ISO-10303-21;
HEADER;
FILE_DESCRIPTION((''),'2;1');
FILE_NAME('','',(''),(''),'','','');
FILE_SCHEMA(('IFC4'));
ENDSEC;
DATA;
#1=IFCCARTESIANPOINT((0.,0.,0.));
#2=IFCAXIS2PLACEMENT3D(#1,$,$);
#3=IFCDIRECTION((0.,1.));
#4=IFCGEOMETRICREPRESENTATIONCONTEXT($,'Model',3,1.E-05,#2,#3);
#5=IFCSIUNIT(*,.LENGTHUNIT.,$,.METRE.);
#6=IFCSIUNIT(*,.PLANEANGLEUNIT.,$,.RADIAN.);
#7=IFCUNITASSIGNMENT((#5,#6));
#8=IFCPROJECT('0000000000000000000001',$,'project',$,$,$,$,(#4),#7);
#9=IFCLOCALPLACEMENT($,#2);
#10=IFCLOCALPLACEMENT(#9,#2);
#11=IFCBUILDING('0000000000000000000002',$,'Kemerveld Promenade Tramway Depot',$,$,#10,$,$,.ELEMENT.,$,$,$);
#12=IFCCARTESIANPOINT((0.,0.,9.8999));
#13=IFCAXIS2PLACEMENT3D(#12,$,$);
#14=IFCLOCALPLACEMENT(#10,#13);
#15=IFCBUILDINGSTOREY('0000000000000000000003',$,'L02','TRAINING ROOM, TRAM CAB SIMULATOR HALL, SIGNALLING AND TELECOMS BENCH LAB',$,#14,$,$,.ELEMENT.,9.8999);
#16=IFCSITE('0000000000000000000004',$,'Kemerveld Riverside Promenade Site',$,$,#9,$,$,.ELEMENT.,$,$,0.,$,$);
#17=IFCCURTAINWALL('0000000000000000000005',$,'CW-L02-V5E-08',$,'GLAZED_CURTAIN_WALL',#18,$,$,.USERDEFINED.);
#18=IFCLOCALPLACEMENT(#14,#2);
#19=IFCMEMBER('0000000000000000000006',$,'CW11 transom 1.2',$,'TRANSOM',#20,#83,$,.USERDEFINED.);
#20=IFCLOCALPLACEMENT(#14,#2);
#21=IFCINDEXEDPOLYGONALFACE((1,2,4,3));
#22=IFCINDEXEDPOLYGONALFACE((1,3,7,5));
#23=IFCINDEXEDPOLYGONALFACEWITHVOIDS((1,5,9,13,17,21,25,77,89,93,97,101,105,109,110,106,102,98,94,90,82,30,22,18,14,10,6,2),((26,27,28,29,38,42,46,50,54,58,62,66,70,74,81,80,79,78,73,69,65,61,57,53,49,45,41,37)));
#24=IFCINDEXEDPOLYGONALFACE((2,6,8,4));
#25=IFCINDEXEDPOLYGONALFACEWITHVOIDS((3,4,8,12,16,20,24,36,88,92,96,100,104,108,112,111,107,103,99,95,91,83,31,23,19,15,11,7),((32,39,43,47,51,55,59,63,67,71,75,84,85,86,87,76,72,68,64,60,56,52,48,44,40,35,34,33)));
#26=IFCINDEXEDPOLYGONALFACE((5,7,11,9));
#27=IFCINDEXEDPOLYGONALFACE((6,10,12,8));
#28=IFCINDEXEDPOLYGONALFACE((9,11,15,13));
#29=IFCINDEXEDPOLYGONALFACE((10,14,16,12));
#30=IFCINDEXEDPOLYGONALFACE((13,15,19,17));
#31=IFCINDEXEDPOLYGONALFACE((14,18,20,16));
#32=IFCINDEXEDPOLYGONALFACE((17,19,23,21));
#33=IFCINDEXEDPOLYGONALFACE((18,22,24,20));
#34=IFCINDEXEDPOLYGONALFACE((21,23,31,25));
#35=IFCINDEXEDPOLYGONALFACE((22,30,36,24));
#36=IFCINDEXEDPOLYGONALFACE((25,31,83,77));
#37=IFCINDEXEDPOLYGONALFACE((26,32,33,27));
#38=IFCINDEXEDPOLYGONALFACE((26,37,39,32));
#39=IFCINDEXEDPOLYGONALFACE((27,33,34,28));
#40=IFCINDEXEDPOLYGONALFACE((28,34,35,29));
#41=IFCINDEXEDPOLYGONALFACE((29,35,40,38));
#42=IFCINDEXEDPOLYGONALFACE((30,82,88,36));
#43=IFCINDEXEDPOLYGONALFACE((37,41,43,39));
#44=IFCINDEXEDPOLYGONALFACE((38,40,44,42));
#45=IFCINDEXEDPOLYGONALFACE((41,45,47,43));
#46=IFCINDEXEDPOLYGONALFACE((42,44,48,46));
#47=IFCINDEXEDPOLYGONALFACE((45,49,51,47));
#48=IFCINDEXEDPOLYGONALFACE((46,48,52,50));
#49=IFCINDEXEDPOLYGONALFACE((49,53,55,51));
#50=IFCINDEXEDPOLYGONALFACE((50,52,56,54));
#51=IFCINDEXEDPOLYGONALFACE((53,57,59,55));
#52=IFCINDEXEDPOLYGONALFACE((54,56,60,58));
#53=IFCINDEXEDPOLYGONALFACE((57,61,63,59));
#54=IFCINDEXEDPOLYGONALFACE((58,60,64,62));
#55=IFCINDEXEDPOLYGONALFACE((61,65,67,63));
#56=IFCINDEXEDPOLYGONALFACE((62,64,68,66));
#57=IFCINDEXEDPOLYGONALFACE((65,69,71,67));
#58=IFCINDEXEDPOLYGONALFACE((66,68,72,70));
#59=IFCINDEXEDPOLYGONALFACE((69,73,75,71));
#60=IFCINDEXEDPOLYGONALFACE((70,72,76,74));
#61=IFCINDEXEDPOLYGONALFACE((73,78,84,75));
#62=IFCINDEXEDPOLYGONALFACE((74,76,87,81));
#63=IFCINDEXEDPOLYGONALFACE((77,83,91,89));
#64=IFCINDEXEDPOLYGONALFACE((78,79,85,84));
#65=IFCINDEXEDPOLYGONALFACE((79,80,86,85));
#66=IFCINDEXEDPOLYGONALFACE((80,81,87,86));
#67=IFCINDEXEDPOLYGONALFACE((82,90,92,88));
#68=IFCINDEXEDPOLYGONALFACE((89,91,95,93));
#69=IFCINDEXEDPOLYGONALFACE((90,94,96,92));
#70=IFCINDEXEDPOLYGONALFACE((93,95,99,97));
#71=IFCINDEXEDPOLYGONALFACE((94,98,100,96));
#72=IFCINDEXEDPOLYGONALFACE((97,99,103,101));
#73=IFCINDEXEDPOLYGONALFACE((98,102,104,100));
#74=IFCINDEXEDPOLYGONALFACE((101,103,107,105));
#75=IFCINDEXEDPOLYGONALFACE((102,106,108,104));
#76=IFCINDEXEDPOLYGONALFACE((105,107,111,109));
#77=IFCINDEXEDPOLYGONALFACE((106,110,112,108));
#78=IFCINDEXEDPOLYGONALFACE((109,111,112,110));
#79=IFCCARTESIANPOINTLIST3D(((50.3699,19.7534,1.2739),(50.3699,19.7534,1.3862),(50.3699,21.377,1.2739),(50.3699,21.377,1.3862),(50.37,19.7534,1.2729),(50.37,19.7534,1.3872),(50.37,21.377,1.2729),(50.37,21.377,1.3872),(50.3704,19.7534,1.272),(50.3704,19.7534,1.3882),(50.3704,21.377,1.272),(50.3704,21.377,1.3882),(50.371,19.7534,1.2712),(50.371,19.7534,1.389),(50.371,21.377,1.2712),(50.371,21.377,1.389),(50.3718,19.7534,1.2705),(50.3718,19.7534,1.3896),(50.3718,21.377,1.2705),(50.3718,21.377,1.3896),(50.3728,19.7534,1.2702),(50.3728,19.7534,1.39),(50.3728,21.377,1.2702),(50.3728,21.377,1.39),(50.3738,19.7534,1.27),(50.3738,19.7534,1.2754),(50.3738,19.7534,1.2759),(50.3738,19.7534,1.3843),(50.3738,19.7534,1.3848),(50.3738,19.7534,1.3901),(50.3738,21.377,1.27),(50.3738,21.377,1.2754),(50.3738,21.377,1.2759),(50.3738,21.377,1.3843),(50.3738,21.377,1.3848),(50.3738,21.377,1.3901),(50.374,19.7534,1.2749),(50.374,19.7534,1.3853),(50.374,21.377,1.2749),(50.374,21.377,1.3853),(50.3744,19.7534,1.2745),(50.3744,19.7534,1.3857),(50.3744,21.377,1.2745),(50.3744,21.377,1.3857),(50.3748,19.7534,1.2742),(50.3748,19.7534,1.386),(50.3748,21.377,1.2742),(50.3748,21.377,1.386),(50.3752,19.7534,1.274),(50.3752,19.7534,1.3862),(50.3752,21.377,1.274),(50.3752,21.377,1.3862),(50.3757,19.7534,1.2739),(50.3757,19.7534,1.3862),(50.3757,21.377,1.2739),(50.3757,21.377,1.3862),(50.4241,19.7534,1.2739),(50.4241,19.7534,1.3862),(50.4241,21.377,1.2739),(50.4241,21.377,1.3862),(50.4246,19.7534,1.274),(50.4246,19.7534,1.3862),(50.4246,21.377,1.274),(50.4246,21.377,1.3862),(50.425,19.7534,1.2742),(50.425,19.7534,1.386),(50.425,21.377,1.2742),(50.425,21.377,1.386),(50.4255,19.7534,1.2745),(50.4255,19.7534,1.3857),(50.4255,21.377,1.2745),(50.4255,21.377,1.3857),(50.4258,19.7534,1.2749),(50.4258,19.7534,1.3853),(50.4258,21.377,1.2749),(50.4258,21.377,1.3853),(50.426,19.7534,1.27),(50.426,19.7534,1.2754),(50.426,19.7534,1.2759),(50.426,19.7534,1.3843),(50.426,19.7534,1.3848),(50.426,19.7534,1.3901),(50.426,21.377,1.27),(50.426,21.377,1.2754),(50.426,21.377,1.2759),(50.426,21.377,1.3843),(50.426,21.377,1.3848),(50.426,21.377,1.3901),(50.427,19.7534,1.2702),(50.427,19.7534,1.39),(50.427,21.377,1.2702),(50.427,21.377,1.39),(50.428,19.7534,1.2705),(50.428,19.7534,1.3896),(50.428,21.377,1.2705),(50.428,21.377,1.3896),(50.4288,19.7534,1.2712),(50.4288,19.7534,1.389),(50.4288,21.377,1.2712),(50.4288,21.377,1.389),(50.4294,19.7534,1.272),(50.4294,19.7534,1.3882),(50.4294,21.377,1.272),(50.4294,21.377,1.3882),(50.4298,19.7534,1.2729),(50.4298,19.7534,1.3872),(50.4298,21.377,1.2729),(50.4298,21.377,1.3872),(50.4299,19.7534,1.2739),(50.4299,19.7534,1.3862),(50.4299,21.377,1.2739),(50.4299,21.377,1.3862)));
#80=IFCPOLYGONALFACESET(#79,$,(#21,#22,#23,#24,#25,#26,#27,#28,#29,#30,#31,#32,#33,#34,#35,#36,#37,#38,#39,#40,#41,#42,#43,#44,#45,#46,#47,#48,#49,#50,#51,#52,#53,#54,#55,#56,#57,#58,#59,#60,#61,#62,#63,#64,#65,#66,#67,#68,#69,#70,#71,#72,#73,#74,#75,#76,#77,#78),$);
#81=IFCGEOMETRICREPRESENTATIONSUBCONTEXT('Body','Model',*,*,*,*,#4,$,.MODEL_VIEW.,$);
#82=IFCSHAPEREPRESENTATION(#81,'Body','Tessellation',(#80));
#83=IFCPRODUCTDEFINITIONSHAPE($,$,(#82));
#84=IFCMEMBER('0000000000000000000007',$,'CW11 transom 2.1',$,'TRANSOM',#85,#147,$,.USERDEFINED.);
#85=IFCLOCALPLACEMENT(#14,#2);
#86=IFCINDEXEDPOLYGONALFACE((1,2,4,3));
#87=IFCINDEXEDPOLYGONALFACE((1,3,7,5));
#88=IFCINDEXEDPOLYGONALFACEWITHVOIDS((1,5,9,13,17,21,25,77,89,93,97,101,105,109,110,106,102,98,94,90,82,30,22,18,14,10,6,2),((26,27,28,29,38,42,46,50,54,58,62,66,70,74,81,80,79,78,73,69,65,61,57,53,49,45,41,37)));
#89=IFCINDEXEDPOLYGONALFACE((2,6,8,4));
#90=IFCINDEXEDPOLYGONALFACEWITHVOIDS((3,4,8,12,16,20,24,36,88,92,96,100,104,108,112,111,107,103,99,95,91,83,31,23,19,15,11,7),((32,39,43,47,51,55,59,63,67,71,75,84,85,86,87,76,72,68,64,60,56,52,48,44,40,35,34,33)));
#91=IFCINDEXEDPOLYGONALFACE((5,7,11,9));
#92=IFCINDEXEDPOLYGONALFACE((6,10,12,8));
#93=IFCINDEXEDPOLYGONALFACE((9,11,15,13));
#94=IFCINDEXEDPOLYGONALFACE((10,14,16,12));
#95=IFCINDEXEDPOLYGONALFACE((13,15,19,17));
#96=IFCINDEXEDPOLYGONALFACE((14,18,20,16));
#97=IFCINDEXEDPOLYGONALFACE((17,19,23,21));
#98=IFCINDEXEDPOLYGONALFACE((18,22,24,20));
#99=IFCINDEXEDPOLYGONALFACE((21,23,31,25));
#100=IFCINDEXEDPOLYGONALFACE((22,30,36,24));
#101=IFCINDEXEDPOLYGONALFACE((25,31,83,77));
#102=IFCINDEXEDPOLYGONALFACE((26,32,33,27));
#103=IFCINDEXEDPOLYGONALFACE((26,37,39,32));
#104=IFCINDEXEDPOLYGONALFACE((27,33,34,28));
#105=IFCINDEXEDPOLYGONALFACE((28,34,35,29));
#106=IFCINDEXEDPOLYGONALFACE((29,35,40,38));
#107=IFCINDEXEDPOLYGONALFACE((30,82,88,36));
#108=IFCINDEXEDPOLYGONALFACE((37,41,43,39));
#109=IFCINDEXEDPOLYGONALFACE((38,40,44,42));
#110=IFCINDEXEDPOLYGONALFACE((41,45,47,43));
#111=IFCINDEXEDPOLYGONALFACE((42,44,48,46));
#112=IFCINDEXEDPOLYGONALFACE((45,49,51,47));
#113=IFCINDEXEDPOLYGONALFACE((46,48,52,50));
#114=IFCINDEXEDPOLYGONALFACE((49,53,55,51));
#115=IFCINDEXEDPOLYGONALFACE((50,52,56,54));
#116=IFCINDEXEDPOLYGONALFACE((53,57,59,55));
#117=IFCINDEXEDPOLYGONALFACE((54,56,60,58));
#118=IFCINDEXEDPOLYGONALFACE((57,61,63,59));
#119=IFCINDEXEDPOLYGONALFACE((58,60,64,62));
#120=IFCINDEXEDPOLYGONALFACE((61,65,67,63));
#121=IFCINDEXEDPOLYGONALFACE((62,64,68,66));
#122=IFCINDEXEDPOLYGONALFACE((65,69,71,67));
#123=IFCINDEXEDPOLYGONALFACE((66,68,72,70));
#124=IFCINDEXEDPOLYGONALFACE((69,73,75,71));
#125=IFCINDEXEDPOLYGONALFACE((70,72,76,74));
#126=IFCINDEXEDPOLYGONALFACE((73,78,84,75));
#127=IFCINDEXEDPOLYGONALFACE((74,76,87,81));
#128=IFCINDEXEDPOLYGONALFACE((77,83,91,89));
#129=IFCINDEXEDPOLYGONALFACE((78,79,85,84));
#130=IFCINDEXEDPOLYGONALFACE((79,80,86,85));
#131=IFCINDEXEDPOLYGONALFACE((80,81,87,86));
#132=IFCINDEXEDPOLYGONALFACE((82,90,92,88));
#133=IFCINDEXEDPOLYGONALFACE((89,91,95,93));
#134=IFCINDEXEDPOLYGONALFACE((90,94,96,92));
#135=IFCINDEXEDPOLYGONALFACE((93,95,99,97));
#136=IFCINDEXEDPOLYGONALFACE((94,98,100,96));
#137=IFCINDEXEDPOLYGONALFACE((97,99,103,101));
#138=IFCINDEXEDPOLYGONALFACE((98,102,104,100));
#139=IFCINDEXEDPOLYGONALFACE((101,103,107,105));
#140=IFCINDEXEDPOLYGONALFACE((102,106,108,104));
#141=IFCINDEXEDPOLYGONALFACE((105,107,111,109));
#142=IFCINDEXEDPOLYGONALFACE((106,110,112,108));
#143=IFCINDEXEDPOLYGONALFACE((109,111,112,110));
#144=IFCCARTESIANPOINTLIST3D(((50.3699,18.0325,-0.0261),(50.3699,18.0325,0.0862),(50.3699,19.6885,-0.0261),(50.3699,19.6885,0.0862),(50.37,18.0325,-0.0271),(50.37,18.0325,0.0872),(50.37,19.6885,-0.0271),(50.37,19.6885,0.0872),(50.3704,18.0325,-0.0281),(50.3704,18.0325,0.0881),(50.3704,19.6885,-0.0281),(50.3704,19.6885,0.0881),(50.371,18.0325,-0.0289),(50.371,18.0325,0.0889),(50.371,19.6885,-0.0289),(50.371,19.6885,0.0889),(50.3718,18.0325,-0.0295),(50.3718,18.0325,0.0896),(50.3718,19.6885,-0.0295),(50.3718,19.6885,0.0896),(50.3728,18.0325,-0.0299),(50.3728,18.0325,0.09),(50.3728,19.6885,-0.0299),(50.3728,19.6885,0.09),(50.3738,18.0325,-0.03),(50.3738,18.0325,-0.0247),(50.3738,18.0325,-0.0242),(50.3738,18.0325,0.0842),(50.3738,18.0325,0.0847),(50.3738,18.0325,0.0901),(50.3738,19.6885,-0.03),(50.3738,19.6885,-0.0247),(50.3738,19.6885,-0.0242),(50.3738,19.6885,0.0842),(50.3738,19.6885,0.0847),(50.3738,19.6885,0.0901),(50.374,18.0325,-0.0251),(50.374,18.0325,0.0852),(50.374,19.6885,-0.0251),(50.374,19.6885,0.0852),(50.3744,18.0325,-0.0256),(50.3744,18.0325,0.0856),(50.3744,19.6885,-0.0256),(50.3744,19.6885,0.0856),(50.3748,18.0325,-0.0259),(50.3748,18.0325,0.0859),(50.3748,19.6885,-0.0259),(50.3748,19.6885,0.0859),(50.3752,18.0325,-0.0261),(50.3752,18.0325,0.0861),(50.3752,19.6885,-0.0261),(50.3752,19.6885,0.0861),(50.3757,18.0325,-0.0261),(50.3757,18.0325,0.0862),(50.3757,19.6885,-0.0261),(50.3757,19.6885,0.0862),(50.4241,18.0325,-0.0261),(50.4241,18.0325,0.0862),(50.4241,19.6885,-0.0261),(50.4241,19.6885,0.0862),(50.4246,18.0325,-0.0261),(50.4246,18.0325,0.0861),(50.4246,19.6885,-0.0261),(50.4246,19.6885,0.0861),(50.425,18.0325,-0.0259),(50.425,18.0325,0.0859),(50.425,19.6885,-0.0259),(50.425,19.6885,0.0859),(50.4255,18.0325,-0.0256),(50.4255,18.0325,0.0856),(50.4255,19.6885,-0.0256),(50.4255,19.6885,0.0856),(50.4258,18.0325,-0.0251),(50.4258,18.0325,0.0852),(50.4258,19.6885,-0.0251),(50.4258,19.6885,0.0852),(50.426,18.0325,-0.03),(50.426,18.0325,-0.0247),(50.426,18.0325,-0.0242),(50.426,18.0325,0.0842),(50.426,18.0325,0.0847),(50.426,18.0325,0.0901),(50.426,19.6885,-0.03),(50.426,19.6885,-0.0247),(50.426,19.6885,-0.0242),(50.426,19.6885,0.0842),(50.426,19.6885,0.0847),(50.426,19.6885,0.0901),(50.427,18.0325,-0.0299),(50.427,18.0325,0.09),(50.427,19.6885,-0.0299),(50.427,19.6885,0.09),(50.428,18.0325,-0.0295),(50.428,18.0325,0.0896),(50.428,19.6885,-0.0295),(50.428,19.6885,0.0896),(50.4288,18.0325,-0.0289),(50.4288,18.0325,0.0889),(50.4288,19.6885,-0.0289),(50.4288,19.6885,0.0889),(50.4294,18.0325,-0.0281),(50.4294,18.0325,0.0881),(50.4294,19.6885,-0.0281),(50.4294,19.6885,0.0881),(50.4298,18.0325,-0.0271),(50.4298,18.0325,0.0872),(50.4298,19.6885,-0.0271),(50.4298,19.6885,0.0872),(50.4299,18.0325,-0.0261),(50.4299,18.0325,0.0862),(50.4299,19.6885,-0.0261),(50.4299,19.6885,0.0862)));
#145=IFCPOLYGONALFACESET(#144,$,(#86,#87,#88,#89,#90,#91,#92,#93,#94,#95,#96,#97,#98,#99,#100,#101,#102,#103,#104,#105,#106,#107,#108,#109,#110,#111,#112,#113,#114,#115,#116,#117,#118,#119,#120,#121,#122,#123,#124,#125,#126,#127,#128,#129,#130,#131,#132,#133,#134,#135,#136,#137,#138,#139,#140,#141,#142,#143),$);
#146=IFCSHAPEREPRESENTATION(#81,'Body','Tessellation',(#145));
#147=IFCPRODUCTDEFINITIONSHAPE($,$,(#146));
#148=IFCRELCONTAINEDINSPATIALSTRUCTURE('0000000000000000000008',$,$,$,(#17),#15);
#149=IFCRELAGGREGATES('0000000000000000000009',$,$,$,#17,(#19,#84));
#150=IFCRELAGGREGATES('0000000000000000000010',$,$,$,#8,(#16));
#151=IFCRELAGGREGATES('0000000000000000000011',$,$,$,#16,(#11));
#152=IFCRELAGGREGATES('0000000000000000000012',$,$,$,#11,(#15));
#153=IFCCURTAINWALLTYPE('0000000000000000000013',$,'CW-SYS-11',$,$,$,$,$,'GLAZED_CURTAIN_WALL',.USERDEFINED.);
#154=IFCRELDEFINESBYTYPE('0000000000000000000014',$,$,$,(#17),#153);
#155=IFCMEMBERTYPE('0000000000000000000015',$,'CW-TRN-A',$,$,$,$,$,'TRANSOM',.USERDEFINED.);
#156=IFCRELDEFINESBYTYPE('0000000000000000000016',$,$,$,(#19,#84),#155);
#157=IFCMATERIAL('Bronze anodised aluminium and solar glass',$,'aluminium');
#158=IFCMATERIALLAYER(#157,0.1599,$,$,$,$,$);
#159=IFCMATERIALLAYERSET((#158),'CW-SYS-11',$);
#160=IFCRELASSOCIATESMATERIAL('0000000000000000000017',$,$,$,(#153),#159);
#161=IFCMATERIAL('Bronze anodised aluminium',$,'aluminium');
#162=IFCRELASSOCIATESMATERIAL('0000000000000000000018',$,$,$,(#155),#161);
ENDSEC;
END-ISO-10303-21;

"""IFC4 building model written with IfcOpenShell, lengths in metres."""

from ifc_helpers import new_model, si_unit, direction, frame, origin, origin_2d, place, context, subcontext, project, spatial, hollow_rectangle, extrude, material, layer, layer_set, material_profile, profile_set, type_object, element, aggregate, save


model = new_model("IFC4")

# Units and contexts
model_context = context("Model", 3, precision=1e-05, world=origin(), true_north=direction((0.0, 1.0)))
body_context = subcontext(model_context, "Body", "Model", "MODEL_VIEW")
ifc_project = project(units=[si_unit("LENGTHUNIT", "METRE"), si_unit("PLANEANGLEUNIT", "RADIAN")], contexts=[model_context])

# Site, building, storey
site_placement = place(None, origin())
site = spatial("IfcSite", under=ifc_project, at=site_placement, Name="Kemerveld Riverside Promenade Site", CompositionType="ELEMENT", RefElevation=0.0)
building_placement = place(site_placement, origin())
building = spatial("IfcBuilding", under=site, at=building_placement, Name="Kemerveld Promenade Tramway Depot", CompositionType="ELEMENT")
storey_placement = place(building_placement, frame((0.0, 0.0, 9.8999)))
storey = spatial("IfcBuildingStorey", under=building, at=storey_placement, Name="L02", Description="TRAINING ROOM, TRAM CAB SIMULATOR HALL, SIGNALLING AND TELECOMS BENCH LAB", CompositionType="ELEMENT", Elevation=9.8999)

# Curtain wall
ifc_material_1 = material(Name="Bronze anodised aluminium and solar glass", Category="aluminium")
ifc_layer_1 = layer(ifc_material_1, 0.1599)
ifc_layer_set_1 = layer_set([ifc_layer_1], Name="CW-SYS-11")
curtain_wall_type_1 = type_object("IfcCurtainWallType", Name="CW-SYS-11", ElementType="GLAZED_CURTAIN_WALL", PredefinedType="USERDEFINED", material=ifc_layer_set_1)
curtain_wall_1_placement = place(storey_placement, origin())
curtain_wall_1 = element("IfcCurtainWall", 1, at=curtain_wall_1_placement, inside=storey, type_object=curtain_wall_type_1, Name="CW-L02-V5E-08", ObjectType="GLAZED_CURTAIN_WALL", PredefinedType="USERDEFINED")
ifc_material_2 = material(Name="Bronze anodised aluminium", Category="aluminium")

# Members
ifc_material_profile_1 = material_profile(ifc_material_2, hollow_rectangle(XDim=0.0601, YDim=0.1201, WallThickness=0.0039, InnerFilletRadius=0.002, OuterFilletRadius=0.0039, at=origin_2d()), Name="CW-TRN-120x60")
ifc_profile_set_1 = profile_set([ifc_material_profile_1], Name="Bronze anodised aluminium")
member_type_1 = type_object("IfcMemberType", Name="CW-TRN-A", ElementType="TRANSOM", PredefinedType="USERDEFINED", material=ifc_profile_set_1)
member_1_placement = place(storey_placement, frame((50.3999, 21.377, 1.3301), z_axis=(0.0, -1.0, 0.0), x_axis=(1.0, 0.0, 0.0)))
member_1 = element("IfcMember", 2, at=member_1_placement, type_object=member_type_1, Name="CW11 transom 1.2", ObjectType="TRANSOM", PredefinedType="USERDEFINED", context=body_context, shape_type="SweptSolid", body=[
    extrude(hollow_rectangle(XDim=0.0601, YDim=0.1201, WallThickness=0.0039, InnerFilletRadius=0.002, OuterFilletRadius=0.0039, at=origin_2d()), origin(), (0.0, 0.0, 1.0), 1.6235),
])
member_2_placement = place(storey_placement, frame((50.3999, 19.6885, 0.03), z_axis=(0.0, -1.0, 0.0), x_axis=(1.0, 0.0, 0.0)))
member_2 = element("IfcMember", 3, at=member_2_placement, type_object=member_type_1, Name="CW11 transom 2.1", ObjectType="TRANSOM", PredefinedType="USERDEFINED", context=body_context, shape_type="SweptSolid", body=[
    extrude(hollow_rectangle(XDim=0.0601, YDim=0.1201, WallThickness=0.0039, InnerFilletRadius=0.002, OuterFilletRadius=0.0039, at=origin_2d()), origin(), (0.0, 0.0, 1.0), 1.656),
])

aggregate(curtain_wall_1, [member_1, member_2])

save(model, "model.ifc")
